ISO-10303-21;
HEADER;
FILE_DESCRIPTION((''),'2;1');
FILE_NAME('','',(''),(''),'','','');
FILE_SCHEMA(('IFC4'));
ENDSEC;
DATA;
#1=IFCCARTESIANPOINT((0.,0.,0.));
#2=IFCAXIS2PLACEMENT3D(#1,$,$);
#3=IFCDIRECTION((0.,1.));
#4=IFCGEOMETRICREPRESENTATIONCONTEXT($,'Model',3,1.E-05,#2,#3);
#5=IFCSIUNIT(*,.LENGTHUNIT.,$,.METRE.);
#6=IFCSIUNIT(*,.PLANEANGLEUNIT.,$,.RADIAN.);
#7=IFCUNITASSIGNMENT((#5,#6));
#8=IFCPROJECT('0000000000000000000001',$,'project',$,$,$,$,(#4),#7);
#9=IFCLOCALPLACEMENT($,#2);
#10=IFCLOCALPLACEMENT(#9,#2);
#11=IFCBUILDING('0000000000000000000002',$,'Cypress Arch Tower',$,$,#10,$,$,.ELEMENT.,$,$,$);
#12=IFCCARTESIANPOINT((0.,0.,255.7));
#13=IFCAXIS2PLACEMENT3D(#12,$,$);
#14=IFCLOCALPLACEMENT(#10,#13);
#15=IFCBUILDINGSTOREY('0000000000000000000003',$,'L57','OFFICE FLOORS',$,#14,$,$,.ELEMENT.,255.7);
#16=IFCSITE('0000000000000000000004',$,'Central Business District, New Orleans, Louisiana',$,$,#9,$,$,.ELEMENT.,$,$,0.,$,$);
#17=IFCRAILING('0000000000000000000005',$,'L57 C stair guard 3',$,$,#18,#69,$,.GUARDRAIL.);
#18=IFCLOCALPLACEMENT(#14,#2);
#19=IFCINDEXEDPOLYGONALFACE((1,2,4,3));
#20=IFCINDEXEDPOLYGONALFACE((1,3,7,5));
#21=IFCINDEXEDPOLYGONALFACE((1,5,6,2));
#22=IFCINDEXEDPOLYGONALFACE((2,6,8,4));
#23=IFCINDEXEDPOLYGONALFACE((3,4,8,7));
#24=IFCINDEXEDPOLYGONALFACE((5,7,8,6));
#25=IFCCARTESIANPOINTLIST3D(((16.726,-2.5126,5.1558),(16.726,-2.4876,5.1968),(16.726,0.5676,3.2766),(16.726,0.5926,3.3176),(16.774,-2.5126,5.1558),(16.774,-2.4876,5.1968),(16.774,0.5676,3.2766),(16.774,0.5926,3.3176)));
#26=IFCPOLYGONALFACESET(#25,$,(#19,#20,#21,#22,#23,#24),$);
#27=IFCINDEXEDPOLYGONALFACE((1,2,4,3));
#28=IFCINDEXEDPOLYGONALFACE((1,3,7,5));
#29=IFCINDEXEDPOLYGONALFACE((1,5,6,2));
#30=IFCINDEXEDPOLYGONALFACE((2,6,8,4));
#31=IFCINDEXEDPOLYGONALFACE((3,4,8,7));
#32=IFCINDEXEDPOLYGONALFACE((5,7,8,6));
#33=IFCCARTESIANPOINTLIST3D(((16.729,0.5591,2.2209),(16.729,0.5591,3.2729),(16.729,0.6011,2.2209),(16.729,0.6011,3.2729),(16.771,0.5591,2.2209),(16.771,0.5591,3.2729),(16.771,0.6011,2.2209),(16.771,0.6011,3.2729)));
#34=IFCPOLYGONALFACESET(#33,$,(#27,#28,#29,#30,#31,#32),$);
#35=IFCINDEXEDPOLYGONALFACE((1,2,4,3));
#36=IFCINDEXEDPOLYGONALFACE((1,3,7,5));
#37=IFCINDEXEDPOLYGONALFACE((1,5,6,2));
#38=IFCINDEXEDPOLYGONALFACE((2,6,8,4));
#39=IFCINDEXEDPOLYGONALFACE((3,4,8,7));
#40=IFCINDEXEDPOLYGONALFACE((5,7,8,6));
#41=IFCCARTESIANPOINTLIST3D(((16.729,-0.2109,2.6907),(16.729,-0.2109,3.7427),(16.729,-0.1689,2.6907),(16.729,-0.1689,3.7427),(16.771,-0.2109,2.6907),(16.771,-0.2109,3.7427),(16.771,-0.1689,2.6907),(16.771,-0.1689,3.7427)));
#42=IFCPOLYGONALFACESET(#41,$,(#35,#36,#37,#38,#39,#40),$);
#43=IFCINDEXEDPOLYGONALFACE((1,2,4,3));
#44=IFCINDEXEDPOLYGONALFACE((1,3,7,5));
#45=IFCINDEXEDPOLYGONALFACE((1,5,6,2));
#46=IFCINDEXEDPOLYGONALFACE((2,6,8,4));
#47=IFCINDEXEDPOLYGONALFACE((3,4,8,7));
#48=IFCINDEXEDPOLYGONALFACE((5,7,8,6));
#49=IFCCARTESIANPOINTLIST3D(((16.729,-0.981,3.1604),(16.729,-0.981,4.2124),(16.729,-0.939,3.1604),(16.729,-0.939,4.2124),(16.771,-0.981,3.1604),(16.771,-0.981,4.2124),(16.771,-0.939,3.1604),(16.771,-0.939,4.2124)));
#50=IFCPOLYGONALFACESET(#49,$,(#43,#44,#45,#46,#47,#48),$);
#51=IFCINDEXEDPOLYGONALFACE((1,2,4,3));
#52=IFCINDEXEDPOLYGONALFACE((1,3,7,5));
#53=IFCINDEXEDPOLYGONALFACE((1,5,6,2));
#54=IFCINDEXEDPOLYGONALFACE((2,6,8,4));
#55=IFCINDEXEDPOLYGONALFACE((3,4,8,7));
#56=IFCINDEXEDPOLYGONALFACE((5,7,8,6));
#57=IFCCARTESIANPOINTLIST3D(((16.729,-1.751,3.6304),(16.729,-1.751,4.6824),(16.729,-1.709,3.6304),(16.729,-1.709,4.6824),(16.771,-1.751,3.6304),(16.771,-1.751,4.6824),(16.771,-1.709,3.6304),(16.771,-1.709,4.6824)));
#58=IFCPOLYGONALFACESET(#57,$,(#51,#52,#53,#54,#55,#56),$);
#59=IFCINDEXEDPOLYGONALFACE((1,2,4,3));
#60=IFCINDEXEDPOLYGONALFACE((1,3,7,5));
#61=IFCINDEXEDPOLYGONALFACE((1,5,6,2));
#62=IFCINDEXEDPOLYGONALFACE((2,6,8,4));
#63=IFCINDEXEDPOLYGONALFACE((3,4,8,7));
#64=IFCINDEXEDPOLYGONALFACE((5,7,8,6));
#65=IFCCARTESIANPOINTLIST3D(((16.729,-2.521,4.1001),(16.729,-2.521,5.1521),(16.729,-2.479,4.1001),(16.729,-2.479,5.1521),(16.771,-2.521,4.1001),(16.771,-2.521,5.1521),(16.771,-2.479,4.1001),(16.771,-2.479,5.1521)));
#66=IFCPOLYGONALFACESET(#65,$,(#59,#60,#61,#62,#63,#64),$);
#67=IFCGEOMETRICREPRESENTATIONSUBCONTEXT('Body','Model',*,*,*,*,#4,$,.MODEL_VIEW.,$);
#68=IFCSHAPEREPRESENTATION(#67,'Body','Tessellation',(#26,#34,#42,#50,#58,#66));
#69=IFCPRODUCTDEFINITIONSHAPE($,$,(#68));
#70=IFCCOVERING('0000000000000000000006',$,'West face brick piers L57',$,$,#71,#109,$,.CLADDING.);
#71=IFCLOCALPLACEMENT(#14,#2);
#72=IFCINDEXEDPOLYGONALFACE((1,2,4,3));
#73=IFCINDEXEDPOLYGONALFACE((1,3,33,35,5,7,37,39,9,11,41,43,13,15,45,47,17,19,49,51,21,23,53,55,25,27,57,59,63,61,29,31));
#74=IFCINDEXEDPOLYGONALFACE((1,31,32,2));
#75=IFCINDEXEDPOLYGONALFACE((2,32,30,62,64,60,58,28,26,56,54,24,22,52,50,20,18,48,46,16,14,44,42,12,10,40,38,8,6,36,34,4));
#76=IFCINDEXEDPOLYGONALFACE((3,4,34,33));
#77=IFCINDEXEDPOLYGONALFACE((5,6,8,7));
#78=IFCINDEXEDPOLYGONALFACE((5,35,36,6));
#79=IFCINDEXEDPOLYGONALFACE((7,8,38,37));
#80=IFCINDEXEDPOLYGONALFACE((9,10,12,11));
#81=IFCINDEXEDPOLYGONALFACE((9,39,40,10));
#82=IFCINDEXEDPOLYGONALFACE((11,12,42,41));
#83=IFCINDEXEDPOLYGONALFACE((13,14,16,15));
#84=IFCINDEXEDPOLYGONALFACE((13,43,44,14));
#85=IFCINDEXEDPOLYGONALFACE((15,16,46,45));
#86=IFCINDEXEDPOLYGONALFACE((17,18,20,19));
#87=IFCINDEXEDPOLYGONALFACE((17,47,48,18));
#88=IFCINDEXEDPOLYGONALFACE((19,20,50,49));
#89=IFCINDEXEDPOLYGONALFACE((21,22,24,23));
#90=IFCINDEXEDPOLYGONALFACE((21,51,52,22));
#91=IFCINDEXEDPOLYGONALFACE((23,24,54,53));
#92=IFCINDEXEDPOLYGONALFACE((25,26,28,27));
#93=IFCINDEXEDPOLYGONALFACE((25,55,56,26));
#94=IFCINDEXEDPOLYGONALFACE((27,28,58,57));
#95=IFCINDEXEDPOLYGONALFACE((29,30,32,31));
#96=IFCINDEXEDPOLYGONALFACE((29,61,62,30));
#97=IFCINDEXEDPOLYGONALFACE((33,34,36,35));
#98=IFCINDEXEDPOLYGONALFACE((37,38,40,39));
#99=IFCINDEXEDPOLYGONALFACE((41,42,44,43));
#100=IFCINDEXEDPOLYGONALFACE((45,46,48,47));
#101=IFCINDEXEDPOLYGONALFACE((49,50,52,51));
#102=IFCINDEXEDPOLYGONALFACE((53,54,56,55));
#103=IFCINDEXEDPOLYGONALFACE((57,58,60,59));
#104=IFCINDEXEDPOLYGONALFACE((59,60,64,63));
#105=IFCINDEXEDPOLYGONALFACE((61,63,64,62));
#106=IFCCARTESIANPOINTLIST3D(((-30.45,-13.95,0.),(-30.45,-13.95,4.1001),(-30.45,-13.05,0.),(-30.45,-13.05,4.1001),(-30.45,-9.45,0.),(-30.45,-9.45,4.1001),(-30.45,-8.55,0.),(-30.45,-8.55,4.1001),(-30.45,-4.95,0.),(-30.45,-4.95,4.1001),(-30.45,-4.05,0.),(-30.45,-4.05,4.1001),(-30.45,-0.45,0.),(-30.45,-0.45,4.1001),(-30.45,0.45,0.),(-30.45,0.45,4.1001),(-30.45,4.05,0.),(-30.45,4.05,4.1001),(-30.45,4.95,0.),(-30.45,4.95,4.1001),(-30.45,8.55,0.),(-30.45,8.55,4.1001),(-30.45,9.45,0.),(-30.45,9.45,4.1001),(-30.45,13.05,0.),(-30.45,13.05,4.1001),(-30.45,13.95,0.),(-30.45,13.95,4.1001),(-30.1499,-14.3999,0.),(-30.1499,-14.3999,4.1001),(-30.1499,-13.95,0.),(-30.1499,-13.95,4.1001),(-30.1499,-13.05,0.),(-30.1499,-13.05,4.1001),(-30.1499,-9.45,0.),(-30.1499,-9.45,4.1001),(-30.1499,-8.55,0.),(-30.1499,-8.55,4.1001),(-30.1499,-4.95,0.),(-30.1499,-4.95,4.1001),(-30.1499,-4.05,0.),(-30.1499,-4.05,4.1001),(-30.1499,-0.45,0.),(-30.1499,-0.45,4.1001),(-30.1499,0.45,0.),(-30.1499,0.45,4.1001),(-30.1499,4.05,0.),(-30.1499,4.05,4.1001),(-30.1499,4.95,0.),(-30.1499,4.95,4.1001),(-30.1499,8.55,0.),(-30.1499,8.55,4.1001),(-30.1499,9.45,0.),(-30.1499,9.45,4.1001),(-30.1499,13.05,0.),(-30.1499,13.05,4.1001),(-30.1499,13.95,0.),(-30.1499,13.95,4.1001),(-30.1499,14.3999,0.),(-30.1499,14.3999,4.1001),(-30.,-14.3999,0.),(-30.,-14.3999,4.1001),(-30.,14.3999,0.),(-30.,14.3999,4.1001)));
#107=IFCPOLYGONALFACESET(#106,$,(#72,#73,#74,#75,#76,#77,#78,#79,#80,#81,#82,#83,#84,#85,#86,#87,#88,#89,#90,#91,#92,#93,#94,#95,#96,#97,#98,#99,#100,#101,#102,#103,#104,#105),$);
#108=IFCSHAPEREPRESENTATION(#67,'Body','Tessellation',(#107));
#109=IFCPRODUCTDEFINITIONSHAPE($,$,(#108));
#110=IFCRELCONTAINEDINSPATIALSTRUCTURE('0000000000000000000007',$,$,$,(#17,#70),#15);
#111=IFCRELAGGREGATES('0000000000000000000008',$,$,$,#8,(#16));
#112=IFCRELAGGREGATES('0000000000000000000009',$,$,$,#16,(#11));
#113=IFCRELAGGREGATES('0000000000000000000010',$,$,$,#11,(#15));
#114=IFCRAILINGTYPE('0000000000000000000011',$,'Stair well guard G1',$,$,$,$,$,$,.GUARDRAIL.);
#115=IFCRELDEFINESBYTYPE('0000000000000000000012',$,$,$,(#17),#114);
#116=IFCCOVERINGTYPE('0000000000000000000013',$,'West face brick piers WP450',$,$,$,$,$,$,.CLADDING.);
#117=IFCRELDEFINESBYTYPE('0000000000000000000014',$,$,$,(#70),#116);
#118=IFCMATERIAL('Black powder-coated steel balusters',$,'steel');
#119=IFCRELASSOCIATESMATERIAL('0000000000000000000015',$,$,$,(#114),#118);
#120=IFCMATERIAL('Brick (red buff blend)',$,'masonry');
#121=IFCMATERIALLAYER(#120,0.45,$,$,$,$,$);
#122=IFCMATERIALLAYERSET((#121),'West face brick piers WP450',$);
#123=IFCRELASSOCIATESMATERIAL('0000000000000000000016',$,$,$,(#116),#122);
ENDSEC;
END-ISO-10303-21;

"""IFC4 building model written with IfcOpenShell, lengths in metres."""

from ifc_helpers import new_model, si_unit, direction, frame, origin, origin_2d, place, context, subcontext, project, spatial, polyline, rectangle, outline, extrude, material, layer, layer_set, type_object, element, save


model = new_model("IFC4")

# Units and contexts
model_context = context("Model", 3, precision=1e-05, world=origin(), true_north=direction((0.0, 1.0)))
body_context = subcontext(model_context, "Body", "Model", "MODEL_VIEW")
ifc_project = project(units=[si_unit("LENGTHUNIT", "METRE"), si_unit("PLANEANGLEUNIT", "RADIAN")], contexts=[model_context])

# Site, building, storey
site_placement = place(None, origin())
site = spatial("IfcSite", under=ifc_project, at=site_placement, Name="Central Business District, New Orleans, Louisiana", CompositionType="ELEMENT", RefElevation=0.0)
building_placement = place(site_placement, origin())
building = spatial("IfcBuilding", under=site, at=building_placement, Name="Cypress Arch Tower", CompositionType="ELEMENT")
storey_placement = place(building_placement, frame((0.0, 0.0, 255.7)))
storey = spatial("IfcBuildingStorey", under=building, at=storey_placement, Name="L57", Description="OFFICE FLOORS", CompositionType="ELEMENT", Elevation=255.7)

# Railing
ifc_material_1 = material(Name="Black powder-coated steel balusters", Category="steel")
railing_type_1 = type_object("IfcRailingType", Name="Stair well guard G1", PredefinedType="GUARDRAIL", material=ifc_material_1)
railing_1_placement = place(storey_placement, frame((16.75, 0.5801, 2.2209)))
element("IfcRailing", 1, at=railing_1_placement, inside=storey, type_object=railing_type_1, Name="L57 C stair guard 3", PredefinedType="GUARDRAIL", context=body_context, shape_type="SweptSolid", body=[
    extrude(rectangle(XDim=0.0481, YDim=0.0481, at=origin_2d()), frame((0.0, 0.0, 1.0762), z_axis=(0.0, -0.853666, 0.52082), x_axis=(1.0, 0.0, 0.0)), (0.0, 0.0, 1.0), 3.6082),
    extrude(rectangle(XDim=0.042, YDim=0.042, at=origin_2d()), origin(), (0.0, 0.0, 1.0), 1.052),
    extrude(rectangle(XDim=0.042, YDim=0.042, at=origin_2d()), frame((0.0, -0.77, 0.4697)), (0.0, 0.0, 1.0), 1.052),
    extrude(rectangle(XDim=0.042, YDim=0.042, at=origin_2d()), frame((0.0, -1.54, 0.9395)), (0.0, 0.0, 1.0), 1.052),
    extrude(rectangle(XDim=0.042, YDim=0.042, at=origin_2d()), frame((0.0, -2.3101, 1.4094)), (0.0, 0.0, 1.0), 1.052),
    extrude(rectangle(XDim=0.042, YDim=0.042, at=origin_2d()), frame((0.0, -3.0801, 1.8792)), (0.0, 0.0, 1.0), 1.052),
])

# Covering
ifc_material_2 = material(Name="Brick (red buff blend)", Category="masonry")
ifc_layer_1 = layer(ifc_material_2, 0.45)
ifc_layer_set_1 = layer_set([ifc_layer_1], Name="West face brick piers WP450")
covering_type_1 = type_object("IfcCoveringType", Name="West face brick piers WP450", PredefinedType="CLADDING", material=ifc_layer_set_1)
covering_1_placement = place(storey_placement, origin())
element("IfcCovering", 2, at=covering_1_placement, inside=storey, type_object=covering_type_1, Name="West face brick piers L57", PredefinedType="CLADDING", context=body_context, shape_type="SweptSolid", body=[
    extrude(outline(polyline([(-30.1499, -13.05), (-30.1499, -9.45), (-30.45, -9.45), (-30.45, -8.55), (-30.1499, -8.55), (-30.1499, -4.95), (-30.45, -4.95), (-30.45, -4.05), (-30.1499, -4.05), (-30.1499, -0.45), (-30.45, -0.45), (-30.45, 0.45), (-30.1499, 0.45), (-30.1499, 4.05), (-30.45, 4.05), (-30.45, 4.95), (-30.1499, 4.95), (-30.1499, 8.55), (-30.45, 8.55), (-30.45, 9.45), (-30.1499, 9.45), (-30.1499, 13.05), (-30.45, 13.05), (-30.45, 13.95), (-30.1499, 13.95), (-30.1499, 14.3999), (-30.0, 14.3999), (-30.0, -14.3999), (-30.1499, -14.3999), (-30.1499, -13.95), (-30.45, -13.95), (-30.45, -13.05), (-30.1499, -13.05)])), origin(), (0.0, 0.0, 1.0), 4.1001),
])

save(model, "model.ifc")
